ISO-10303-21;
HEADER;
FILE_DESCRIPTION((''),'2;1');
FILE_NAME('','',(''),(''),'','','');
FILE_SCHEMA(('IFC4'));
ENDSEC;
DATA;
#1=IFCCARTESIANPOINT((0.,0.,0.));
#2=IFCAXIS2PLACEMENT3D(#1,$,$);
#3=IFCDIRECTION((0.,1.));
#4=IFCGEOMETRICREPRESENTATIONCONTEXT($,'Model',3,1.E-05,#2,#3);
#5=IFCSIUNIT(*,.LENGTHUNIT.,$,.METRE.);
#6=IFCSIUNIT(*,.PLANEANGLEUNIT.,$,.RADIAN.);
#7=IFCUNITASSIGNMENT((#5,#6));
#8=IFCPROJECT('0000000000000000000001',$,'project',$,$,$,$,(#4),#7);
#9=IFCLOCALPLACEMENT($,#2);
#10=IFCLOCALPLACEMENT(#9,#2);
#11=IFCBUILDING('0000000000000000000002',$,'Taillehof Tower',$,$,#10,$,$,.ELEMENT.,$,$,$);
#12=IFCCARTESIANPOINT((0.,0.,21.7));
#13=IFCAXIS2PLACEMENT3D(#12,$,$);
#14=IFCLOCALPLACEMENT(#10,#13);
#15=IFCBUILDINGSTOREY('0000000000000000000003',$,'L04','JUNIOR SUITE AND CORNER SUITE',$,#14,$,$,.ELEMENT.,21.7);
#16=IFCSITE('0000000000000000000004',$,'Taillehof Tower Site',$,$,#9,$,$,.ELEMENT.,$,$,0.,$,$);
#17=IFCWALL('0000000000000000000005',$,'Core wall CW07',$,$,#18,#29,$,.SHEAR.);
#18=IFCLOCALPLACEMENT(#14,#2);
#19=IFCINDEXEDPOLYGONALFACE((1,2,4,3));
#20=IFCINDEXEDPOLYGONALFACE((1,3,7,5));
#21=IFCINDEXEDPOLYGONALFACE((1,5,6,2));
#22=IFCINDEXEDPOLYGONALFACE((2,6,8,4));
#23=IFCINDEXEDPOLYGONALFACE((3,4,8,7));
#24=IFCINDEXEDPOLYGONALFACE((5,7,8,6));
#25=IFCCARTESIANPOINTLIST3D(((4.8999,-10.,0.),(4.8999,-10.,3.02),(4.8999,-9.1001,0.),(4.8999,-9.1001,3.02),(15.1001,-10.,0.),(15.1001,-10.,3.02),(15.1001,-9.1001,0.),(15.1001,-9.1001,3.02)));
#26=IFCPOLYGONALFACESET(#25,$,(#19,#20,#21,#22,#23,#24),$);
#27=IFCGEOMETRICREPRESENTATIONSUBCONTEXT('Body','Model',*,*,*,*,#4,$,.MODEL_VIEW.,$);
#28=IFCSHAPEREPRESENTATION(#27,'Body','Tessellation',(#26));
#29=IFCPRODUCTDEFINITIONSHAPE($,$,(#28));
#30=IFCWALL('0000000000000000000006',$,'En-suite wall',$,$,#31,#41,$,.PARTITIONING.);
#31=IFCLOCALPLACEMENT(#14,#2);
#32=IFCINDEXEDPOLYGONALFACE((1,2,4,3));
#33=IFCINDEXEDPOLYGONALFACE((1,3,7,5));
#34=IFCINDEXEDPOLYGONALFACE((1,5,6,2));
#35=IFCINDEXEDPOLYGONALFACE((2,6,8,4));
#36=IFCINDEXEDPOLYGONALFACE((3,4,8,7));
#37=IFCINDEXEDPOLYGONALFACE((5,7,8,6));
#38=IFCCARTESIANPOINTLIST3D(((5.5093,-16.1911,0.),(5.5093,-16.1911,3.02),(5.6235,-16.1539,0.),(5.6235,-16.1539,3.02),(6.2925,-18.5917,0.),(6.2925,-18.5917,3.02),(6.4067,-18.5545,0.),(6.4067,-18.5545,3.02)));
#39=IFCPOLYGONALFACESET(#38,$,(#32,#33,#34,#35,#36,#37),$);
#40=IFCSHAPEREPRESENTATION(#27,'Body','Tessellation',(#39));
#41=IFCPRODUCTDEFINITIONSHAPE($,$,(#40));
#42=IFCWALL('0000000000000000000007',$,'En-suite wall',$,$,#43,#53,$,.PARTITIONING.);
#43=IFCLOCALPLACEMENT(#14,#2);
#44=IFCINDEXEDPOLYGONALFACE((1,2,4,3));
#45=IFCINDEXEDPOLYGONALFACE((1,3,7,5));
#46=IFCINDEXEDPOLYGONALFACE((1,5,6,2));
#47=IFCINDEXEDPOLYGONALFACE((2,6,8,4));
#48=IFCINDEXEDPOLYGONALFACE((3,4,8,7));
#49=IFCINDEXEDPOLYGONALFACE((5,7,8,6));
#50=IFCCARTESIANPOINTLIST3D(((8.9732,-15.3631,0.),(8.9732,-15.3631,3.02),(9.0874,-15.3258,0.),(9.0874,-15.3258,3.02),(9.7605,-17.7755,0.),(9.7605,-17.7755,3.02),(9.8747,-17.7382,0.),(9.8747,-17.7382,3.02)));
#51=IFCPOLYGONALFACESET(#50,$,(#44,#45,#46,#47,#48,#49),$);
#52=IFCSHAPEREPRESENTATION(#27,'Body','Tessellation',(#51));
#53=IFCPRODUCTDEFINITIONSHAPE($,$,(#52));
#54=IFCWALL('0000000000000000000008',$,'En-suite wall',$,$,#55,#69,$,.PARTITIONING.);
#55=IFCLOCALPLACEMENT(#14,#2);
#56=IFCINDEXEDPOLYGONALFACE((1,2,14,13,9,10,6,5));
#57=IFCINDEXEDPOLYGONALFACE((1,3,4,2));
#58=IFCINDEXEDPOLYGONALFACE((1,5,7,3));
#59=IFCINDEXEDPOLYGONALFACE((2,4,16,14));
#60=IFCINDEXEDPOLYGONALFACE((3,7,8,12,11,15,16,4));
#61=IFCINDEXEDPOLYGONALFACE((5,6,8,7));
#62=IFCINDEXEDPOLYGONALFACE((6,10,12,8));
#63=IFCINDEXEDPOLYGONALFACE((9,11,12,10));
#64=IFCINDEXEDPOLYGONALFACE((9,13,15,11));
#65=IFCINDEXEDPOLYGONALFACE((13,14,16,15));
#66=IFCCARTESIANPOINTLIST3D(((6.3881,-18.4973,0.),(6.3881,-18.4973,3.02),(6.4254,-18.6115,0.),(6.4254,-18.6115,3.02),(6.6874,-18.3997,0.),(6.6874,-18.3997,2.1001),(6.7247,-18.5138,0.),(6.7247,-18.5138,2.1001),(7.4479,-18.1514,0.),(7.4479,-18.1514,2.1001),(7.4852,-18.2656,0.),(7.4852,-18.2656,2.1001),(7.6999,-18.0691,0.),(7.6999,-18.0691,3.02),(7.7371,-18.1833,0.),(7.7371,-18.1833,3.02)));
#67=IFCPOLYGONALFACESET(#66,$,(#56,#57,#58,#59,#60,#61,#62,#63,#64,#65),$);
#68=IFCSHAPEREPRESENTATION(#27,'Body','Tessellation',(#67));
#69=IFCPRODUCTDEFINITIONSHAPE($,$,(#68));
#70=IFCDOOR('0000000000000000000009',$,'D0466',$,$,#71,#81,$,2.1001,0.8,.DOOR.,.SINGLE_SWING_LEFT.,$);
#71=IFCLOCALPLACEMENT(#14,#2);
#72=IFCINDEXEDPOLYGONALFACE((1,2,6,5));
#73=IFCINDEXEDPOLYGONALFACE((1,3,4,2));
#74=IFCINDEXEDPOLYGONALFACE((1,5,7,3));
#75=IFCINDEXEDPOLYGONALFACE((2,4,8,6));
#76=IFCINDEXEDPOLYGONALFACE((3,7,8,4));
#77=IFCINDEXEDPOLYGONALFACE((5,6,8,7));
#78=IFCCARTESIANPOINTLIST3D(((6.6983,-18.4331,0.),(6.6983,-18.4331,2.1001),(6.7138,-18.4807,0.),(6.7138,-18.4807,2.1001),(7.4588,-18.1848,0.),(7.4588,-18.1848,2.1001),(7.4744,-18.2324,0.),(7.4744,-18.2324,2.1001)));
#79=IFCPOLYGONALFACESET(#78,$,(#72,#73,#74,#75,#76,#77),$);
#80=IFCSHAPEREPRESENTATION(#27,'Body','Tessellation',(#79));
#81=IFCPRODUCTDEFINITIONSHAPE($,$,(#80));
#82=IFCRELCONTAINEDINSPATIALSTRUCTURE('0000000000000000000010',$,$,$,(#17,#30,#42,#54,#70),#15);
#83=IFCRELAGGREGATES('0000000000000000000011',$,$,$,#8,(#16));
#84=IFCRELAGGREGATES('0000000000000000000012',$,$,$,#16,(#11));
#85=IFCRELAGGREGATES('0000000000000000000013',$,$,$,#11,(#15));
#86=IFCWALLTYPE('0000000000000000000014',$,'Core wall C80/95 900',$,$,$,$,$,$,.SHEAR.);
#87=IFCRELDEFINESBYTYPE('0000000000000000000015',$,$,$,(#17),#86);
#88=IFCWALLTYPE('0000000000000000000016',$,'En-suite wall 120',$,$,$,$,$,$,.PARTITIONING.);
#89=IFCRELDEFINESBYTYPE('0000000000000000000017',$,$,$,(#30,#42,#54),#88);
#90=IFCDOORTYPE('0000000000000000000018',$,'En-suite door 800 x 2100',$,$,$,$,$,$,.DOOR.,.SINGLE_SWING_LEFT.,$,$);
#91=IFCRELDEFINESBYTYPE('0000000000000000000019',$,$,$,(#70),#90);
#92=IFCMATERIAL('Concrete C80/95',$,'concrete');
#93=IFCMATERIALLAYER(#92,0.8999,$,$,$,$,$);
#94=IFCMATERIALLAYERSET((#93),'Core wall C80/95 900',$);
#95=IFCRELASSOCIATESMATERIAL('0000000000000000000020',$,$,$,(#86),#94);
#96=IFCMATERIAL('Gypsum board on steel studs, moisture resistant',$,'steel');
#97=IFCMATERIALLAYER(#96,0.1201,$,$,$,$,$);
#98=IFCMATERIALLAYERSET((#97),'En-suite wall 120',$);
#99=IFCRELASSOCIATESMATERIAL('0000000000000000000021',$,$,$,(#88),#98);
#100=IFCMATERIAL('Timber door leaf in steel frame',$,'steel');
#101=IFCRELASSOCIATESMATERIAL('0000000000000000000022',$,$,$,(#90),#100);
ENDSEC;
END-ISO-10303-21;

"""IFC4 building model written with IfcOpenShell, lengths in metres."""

from ifc_helpers import new_model, si_unit, direction, frame, frame_2d, origin, place, context, subcontext, project, spatial, rectangle, extrude, material, layer, layer_set, type_object, element, fill, save


model = new_model("IFC4")

# Units and contexts
model_context = context("Model", 3, precision=1e-05, world=origin(), true_north=direction((0.0, 1.0)))
body_context = subcontext(model_context, "Body", "Model", "MODEL_VIEW")
ifc_project = project(units=[si_unit("LENGTHUNIT", "METRE"), si_unit("PLANEANGLEUNIT", "RADIAN")], contexts=[model_context])

# Site, building, storey
site_placement = place(None, origin())
site = spatial("IfcSite", under=ifc_project, at=site_placement, Name="Taillehof Tower Site", CompositionType="ELEMENT", RefElevation=0.0)
building_placement = place(site_placement, origin())
building = spatial("IfcBuilding", under=site, at=building_placement, Name="Taillehof Tower", CompositionType="ELEMENT")
storey_placement = place(building_placement, frame((0.0, 0.0, 21.7)))
storey = spatial("IfcBuildingStorey", under=building, at=storey_placement, Name="L04", Description="JUNIOR SUITE AND CORNER SUITE", CompositionType="ELEMENT", Elevation=21.7)

# Shared definitions
ifc_material_1 = material(Name="Concrete C80/95", Category="concrete")
ifc_layer_1 = layer(ifc_material_1, 0.8999)
ifc_layer_set_1 = layer_set([ifc_layer_1], Name="Core wall C80/95 900")
wall_type_1 = type_object("IfcWallType", Name="Core wall C80/95 900", PredefinedType="SHEAR", material=ifc_layer_set_1)

# Walls
wall_1_placement = place(storey_placement, frame((4.8999, -9.55, 0.0), z_axis=(0.0, 0.0, 1.0), x_axis=(1.0, 0.0, 0.0)))
element("IfcWall", 1, at=wall_1_placement, inside=storey, type_object=wall_type_1, Name="Core wall CW07", PredefinedType="SHEAR", context=body_context, shape_type="SweptSolid", body=[
    extrude(rectangle(XDim=10.2002, YDim=0.8999, at=frame_2d((5.1001, 0.0))), origin(), (0.0, 0.0, 1.0), 3.02),
])
ifc_material_2 = material(Name="Gypsum board on steel studs, moisture resistant", Category="steel")
ifc_layer_2 = layer(ifc_material_2, 0.1201)
ifc_layer_set_2 = layer_set([ifc_layer_2], Name="En-suite wall 120")
wall_type_2 = type_object("IfcWallType", Name="En-suite wall 120", PredefinedType="PARTITIONING", material=ifc_layer_set_2)
wall_2_placement = place(storey_placement, frame((5.5664, -16.1724, 0.0), z_axis=(0.0, 0.0, 1.0), x_axis=(0.310159, -0.950685, 0.0)))
element("IfcWall", 2, at=wall_2_placement, inside=storey, type_object=wall_type_2, Name="En-suite wall", PredefinedType="PARTITIONING", context=body_context, shape_type="SweptSolid", body=[
    extrude(rectangle(XDim=2.5251, YDim=0.1201, at=frame_2d((1.2627, 0.0))), origin(), (0.0, 0.0, 1.0), 3.02),
])
wall_3_placement = place(storey_placement, frame((9.0303, -15.3445, 0.0), z_axis=(0.0, 0.0, 1.0), x_axis=(0.310276, -0.950647, 0.0)))
element("IfcWall", 3, at=wall_3_placement, inside=storey, type_object=wall_type_2, Name="En-suite wall", PredefinedType="PARTITIONING", context=body_context, shape_type="SweptSolid", body=[
    extrude(rectangle(XDim=2.5376, YDim=0.1201, at=frame_2d((1.2688, 0.0))), origin(), (0.0, 0.0, 1.0), 3.02),
])

# Wall, opening, door
wall_4_placement = place(storey_placement, frame((6.4067, -18.5544, 0.0), z_axis=(0.0, 0.0, 1.0), x_axis=(0.950629, 0.31033, 0.0)))
wall_4 = element("IfcWall", 4, at=wall_4_placement, inside=storey, type_object=wall_type_2, Name="En-suite wall", PredefinedType="PARTITIONING", context=body_context, shape_type="SweptSolid", body=[
    extrude(rectangle(XDim=1.3799, YDim=0.1201, at=frame_2d((0.6899, 0.0))), origin(), (0.0, 0.0, 1.0), 3.02),
])
opening_1_placement = place(wall_4_placement, frame((0.3149, 0.0, 0.0)))
opening_1 = element("IfcOpeningElement", 5, at=opening_1_placement, cuts=wall_4, PredefinedType="OPENING", context=body_context, shape_type="SweptSolid", body=[
    extrude(rectangle(XDim=0.8, YDim=2.1001, at=frame_2d((0.3999, 1.05))), frame((0.0, 0.0701, 0.0), z_axis=(0.0, -1.0, 0.0), x_axis=(1.0, 0.0, 0.0)), (0.0, 0.0, 1.0), 0.1401),
])
ifc_material_3 = material(Name="Timber door leaf in steel frame", Category="steel")
door_type_1 = type_object("IfcDoorType", Name="En-suite door 800 x 2100", OperationType="SINGLE_SWING_LEFT", PredefinedType="DOOR", material=ifc_material_3)
door_1_placement = place(opening_1_placement, origin())
door_1 = element("IfcDoor", 6, at=door_1_placement, inside=storey, type_object=door_type_1, Name="D0466", OperationType="SINGLE_SWING_LEFT", OverallHeight=2.1001, OverallWidth=0.8, PredefinedType="DOOR", context=body_context, shape_type="SweptSolid", body=[
    extrude(rectangle(XDim=0.8, YDim=2.1001, at=frame_2d((0.3999, 1.05))), frame((0.0, 0.0249, 0.0), z_axis=(0.0, -1.0, 0.0), x_axis=(1.0, 0.0, 0.0)), (0.0, 0.0, 1.0), 0.05),
])
fill(opening_1, door_1)

save(model, "model.ifc")
